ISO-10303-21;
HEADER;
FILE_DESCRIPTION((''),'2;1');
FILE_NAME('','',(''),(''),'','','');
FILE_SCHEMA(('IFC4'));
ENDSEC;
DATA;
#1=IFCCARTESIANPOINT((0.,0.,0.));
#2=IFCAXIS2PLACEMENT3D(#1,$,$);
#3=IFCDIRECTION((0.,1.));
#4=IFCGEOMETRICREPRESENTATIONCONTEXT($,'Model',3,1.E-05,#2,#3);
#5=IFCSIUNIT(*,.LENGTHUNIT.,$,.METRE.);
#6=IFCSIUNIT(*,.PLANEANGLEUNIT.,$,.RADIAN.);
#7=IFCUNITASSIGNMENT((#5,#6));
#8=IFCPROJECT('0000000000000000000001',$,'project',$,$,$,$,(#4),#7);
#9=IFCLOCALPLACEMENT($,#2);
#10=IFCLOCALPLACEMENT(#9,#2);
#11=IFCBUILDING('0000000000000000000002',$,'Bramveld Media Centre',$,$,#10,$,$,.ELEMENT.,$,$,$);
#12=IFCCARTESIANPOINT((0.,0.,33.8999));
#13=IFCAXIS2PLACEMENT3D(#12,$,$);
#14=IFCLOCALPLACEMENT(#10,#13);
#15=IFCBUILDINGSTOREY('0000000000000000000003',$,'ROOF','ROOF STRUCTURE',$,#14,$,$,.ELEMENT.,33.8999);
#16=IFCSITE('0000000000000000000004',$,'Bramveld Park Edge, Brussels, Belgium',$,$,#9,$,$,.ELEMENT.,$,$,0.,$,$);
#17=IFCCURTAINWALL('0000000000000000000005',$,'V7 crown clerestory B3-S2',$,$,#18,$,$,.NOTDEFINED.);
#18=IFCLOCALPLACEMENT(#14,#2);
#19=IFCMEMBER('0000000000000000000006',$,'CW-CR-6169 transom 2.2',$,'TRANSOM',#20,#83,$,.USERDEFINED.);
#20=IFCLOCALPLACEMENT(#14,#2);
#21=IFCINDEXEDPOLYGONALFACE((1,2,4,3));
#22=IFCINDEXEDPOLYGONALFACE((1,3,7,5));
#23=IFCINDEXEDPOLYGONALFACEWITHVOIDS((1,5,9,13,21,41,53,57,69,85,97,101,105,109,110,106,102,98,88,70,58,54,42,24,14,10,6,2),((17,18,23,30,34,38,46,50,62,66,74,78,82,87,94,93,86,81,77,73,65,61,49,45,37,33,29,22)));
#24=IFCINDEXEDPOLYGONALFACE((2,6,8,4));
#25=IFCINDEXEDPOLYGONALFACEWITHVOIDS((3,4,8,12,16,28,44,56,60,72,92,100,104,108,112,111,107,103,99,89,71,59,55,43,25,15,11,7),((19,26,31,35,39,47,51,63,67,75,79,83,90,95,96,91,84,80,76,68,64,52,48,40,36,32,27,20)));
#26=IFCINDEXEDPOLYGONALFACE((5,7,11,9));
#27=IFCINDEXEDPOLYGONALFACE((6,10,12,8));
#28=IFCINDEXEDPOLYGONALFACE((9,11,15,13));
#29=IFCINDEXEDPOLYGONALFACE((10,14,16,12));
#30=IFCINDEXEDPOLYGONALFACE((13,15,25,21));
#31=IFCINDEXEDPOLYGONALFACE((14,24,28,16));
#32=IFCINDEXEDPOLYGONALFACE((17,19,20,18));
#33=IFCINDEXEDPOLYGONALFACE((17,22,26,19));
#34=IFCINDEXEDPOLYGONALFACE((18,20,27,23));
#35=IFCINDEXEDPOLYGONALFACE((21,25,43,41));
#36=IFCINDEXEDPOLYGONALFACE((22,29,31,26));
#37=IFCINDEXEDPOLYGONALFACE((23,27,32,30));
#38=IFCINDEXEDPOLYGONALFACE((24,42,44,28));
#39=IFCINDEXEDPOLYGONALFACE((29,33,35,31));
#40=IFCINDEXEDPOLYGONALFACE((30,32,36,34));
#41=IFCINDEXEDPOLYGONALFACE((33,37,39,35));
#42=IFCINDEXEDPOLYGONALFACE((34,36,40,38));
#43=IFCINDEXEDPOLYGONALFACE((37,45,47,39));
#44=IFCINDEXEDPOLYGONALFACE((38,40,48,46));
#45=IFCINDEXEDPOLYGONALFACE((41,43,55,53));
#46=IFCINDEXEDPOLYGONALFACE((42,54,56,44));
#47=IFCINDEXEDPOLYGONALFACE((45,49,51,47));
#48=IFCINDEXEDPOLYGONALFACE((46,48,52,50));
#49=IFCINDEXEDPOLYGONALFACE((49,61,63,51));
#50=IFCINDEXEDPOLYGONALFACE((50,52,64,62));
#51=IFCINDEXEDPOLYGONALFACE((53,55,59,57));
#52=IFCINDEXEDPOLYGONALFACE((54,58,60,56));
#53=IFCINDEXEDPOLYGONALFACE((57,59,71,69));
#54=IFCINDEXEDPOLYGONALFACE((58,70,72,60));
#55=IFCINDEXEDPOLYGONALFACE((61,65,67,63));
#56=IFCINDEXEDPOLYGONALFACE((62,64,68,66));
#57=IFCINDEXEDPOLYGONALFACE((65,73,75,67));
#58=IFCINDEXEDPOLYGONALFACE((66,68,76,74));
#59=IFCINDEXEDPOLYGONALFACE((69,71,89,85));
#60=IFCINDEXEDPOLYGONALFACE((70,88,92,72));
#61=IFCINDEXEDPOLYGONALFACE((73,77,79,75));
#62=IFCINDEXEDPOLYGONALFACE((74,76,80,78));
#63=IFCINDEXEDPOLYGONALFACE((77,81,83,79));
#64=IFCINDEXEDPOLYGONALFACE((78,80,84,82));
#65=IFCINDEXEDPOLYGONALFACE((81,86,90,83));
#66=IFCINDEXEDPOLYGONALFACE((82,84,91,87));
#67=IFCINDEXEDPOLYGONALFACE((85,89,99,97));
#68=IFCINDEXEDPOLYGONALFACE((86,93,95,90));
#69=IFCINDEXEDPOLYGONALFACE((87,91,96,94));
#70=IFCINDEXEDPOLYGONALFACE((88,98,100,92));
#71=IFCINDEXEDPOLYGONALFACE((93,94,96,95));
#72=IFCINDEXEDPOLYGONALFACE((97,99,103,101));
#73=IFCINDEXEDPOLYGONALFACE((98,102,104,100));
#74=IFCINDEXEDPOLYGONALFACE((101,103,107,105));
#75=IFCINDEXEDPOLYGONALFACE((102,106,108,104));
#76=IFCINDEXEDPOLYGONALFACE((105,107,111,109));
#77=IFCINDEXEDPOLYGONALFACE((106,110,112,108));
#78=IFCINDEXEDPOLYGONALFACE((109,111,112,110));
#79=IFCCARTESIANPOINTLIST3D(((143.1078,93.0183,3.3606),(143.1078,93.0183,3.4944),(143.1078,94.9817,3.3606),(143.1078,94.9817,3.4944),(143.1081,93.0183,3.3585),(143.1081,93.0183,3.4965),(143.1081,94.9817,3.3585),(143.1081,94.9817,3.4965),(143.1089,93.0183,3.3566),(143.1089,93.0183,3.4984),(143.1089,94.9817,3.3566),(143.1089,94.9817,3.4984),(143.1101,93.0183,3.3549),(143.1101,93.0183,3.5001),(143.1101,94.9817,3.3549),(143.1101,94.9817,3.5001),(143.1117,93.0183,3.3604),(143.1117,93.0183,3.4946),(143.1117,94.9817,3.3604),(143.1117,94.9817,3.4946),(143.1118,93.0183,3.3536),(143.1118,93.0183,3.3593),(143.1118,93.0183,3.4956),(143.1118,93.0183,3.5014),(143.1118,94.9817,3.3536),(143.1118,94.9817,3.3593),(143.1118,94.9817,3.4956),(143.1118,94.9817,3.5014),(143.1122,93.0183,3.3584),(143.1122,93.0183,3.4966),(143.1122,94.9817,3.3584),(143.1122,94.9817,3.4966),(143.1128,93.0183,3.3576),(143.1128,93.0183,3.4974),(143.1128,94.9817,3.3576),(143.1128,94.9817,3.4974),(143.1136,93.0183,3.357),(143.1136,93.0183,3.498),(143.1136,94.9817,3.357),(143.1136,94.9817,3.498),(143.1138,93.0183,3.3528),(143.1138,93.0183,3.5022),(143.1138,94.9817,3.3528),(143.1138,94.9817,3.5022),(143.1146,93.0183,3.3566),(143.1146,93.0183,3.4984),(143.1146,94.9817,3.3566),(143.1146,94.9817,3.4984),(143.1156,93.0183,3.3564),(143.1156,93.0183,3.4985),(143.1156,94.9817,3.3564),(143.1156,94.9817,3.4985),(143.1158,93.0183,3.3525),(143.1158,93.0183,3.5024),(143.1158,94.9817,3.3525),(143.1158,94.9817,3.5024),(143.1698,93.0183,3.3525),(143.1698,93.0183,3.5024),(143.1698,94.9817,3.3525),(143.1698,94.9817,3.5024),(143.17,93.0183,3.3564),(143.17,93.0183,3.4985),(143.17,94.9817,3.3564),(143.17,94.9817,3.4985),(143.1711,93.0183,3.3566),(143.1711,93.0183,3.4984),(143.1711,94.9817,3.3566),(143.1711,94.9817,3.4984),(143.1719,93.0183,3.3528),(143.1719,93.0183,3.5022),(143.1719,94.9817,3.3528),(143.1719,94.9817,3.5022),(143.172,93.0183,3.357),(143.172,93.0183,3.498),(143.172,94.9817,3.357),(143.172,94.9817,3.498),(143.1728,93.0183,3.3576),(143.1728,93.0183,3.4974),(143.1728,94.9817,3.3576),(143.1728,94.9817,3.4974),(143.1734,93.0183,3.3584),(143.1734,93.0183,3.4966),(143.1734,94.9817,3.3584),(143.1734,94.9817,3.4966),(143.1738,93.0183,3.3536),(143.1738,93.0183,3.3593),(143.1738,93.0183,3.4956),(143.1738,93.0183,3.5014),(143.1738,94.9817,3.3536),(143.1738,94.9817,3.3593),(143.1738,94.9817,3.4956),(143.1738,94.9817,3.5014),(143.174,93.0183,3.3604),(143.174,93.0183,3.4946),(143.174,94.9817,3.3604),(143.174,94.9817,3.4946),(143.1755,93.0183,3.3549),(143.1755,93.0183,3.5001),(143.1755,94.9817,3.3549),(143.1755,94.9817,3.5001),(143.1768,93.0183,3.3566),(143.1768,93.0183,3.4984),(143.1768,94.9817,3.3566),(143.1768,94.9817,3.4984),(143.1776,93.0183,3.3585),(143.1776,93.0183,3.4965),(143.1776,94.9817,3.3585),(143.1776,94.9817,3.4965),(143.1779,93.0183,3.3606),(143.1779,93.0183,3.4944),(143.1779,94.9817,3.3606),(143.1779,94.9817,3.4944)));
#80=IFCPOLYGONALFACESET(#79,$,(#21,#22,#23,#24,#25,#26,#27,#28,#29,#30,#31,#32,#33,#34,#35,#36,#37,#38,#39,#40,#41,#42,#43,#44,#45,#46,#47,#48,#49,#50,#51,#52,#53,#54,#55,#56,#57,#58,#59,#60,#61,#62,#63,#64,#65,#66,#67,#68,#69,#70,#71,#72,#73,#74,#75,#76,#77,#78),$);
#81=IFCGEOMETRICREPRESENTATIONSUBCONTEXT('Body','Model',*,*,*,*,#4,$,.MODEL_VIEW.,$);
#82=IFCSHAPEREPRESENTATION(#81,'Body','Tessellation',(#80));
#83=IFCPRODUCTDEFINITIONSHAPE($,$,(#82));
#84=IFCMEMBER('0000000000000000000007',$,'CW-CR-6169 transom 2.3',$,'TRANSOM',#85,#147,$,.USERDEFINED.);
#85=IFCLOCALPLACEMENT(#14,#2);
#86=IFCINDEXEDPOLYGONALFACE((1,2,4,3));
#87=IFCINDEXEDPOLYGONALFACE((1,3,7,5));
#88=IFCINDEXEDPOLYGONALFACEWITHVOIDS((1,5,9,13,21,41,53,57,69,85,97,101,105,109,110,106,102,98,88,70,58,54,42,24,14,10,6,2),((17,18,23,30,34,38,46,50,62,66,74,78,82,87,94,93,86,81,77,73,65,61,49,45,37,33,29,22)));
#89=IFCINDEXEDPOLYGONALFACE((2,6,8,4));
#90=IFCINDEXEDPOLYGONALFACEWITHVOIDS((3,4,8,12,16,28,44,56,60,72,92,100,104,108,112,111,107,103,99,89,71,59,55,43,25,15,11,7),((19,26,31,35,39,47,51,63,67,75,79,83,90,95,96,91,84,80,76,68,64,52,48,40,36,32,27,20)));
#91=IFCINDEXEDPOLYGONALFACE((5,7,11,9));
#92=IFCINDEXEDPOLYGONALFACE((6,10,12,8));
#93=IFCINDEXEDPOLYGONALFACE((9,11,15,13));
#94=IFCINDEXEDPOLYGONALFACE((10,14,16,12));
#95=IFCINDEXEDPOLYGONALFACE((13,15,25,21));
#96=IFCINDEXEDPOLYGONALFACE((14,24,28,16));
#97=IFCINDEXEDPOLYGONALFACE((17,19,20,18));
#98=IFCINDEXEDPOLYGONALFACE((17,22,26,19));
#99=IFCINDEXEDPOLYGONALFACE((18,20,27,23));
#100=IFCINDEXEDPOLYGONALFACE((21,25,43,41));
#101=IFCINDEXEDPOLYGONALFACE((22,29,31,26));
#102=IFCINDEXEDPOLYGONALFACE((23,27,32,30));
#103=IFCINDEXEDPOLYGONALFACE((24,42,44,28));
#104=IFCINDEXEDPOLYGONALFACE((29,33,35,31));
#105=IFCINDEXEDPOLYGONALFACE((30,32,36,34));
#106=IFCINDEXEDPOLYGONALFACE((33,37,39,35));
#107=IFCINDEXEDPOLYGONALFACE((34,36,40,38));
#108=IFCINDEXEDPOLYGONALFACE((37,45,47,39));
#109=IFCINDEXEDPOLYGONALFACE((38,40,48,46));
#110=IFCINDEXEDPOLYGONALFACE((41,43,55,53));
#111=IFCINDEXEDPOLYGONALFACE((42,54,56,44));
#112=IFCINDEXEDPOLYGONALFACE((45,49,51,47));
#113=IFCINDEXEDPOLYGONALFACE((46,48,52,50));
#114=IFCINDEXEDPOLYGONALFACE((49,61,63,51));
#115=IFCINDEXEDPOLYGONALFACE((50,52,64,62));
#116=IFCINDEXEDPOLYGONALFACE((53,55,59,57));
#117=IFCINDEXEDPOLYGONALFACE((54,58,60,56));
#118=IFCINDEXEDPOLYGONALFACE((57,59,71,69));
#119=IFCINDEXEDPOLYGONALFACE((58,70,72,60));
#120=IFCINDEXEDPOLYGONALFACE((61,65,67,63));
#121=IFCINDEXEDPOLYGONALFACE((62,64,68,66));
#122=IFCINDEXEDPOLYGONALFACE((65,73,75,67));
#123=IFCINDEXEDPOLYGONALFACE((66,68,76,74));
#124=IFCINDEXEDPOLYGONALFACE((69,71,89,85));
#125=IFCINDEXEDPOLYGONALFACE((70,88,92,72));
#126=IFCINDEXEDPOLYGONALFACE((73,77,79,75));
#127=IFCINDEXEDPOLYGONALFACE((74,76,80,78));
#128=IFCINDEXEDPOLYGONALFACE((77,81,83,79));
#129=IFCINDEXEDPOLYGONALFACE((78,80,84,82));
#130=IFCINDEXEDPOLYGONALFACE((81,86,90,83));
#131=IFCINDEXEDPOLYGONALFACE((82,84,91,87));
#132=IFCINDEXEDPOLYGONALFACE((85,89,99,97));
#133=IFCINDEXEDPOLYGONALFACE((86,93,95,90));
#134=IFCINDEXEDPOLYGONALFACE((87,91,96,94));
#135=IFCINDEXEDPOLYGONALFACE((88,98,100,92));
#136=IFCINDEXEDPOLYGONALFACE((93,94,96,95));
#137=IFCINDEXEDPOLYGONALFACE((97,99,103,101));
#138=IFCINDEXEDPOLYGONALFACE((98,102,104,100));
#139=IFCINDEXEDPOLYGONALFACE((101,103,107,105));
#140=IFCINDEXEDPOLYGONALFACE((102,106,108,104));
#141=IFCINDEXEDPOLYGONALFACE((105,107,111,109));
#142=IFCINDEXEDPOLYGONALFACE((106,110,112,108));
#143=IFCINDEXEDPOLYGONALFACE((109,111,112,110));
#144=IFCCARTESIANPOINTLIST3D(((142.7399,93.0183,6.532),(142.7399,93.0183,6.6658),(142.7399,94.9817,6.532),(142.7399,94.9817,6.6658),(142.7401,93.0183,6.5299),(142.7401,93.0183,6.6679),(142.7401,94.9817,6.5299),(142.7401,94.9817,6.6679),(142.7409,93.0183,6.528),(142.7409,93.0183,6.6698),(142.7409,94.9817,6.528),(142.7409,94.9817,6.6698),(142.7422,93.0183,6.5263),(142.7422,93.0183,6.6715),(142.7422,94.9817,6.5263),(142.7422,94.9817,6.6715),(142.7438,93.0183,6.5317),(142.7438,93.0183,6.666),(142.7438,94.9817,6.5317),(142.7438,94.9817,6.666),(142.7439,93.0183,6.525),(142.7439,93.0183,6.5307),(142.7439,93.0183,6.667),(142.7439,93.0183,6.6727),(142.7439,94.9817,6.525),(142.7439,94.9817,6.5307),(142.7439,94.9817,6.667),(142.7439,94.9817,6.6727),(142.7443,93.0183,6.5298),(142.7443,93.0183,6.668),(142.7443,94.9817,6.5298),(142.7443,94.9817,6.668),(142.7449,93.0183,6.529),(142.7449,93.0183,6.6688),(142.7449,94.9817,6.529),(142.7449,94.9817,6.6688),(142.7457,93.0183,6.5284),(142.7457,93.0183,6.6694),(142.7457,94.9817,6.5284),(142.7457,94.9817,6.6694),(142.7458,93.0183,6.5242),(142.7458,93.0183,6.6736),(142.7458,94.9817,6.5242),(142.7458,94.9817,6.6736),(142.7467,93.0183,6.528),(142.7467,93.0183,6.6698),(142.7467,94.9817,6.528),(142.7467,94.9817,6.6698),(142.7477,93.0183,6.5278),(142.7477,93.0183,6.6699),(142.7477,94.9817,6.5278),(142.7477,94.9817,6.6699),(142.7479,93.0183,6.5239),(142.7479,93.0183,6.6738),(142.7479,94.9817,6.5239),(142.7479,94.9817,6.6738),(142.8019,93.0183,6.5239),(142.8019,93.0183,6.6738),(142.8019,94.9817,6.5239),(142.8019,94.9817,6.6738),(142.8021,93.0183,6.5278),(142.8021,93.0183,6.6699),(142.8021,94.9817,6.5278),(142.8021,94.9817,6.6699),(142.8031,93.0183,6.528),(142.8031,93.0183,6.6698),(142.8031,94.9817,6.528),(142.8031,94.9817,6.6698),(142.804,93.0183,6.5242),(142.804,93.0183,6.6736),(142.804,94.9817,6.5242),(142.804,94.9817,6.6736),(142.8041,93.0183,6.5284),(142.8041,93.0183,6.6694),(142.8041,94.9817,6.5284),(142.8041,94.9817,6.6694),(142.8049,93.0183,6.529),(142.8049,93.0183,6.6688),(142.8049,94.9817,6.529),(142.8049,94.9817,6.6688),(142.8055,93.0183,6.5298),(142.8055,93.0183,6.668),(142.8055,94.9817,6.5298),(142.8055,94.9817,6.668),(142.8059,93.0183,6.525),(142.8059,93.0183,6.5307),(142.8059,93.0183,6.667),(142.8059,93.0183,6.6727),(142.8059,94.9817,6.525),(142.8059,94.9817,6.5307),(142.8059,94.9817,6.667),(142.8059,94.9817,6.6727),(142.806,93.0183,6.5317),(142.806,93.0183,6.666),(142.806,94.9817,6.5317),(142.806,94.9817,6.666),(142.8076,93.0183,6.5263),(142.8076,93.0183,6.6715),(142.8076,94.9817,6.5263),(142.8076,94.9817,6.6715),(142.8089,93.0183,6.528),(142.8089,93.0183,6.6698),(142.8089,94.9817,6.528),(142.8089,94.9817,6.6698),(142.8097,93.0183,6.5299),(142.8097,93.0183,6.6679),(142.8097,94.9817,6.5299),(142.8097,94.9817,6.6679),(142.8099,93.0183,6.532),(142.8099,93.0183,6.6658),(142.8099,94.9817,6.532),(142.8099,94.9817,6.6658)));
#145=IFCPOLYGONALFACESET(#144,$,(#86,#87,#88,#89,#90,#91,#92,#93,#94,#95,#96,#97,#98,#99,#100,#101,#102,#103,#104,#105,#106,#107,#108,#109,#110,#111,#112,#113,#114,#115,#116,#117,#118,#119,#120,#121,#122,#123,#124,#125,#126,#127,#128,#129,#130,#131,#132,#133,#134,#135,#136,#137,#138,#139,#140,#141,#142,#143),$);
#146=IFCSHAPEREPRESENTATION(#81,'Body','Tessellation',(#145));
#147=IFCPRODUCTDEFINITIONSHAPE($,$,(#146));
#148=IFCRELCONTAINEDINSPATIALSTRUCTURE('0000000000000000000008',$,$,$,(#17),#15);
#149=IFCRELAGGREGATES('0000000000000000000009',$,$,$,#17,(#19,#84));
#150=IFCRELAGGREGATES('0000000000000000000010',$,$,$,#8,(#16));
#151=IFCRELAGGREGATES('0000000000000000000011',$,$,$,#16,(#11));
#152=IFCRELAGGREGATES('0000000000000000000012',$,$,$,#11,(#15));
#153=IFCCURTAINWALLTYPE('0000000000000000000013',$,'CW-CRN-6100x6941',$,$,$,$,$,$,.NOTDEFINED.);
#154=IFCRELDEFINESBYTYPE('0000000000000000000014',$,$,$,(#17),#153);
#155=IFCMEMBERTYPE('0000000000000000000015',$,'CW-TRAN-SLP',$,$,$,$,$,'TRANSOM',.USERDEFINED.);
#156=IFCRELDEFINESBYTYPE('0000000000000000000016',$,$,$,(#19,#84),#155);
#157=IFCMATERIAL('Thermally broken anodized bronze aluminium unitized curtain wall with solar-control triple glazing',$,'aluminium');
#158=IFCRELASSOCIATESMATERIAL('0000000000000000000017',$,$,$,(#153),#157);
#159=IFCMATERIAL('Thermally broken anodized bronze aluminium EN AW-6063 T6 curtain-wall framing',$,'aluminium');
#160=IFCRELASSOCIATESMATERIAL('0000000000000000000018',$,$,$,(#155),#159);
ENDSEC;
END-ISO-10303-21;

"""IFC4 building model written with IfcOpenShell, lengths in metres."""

from ifc_helpers import new_model, si_unit, direction, frame, origin, origin_2d, place, context, subcontext, project, spatial, hollow_rectangle, extrude, material, material_profile, profile_set, type_object, element, aggregate, save


model = new_model("IFC4")

# Units and contexts
model_context = context("Model", 3, precision=1e-05, world=origin(), true_north=direction((0.0, 1.0)))
body_context = subcontext(model_context, "Body", "Model", "MODEL_VIEW")
ifc_project = project(units=[si_unit("LENGTHUNIT", "METRE"), si_unit("PLANEANGLEUNIT", "RADIAN")], contexts=[model_context])

# Site, building, storey
site_placement = place(None, origin())
site = spatial("IfcSite", under=ifc_project, at=site_placement, Name="Bramveld Park Edge, Brussels, Belgium", CompositionType="ELEMENT", RefElevation=0.0)
building_placement = place(site_placement, origin())
building = spatial("IfcBuilding", under=site, at=building_placement, Name="Bramveld Media Centre", CompositionType="ELEMENT")
storey_placement = place(building_placement, frame((0.0, 0.0, 33.8999)))
storey = spatial("IfcBuildingStorey", under=building, at=storey_placement, Name="ROOF", Description="ROOF STRUCTURE", CompositionType="ELEMENT", Elevation=33.8999)

# Curtain wall
ifc_material_1 = material(Name="Thermally broken anodized bronze aluminium unitized curtain wall with solar-control triple glazing", Category="aluminium")
curtain_wall_type = type_object("IfcCurtainWallType", Name="CW-CRN-6100x6941", PredefinedType="NOTDEFINED", material=ifc_material_1)
curtain_wall_1_placement = place(storey_placement, origin())
curtain_wall_1 = element("IfcCurtainWall", 1, at=curtain_wall_1_placement, inside=storey, type_object=curtain_wall_type, Name="V7 crown clerestory B3-S2", PredefinedType="NOTDEFINED")

# Members
ifc_material_2 = material(Name="Thermally broken anodized bronze aluminium EN AW-6063 T6 curtain-wall framing", Category="aluminium")
ifc_material_profile_1 = material_profile(ifc_material_2, hollow_rectangle(XDim=0.0701, YDim=0.1499, WallThickness=0.0039, InnerFilletRadius=0.0039, OuterFilletRadius=0.0081, at=origin_2d()), Name="AL-TRAN 70x150")
ifc_profile_set_1 = profile_set([ifc_material_profile_1], Name="Thermally broken anodized bronze aluminium EN AW-6063 T6 curtain-wall framing")
member_type_1 = type_object("IfcMemberType", Name="CW-TRAN-SLP", ElementType="TRANSOM", PredefinedType="USERDEFINED", material=ifc_profile_set_1)
member_1_placement = place(storey_placement, frame((143.1428, 93.0183, 3.4275), z_axis=(0.0, 1.0, 0.0), x_axis=(-1.0, 0.0, 0.0)))
member_1 = element("IfcMember", 2, at=member_1_placement, type_object=member_type_1, Name="CW-CR-6169 transom 2.2", ObjectType="TRANSOM", PredefinedType="USERDEFINED", context=body_context, shape_type="SweptSolid", body=[
    extrude(hollow_rectangle(XDim=0.0701, YDim=0.1499, WallThickness=0.0039, InnerFilletRadius=0.0039, OuterFilletRadius=0.0081, at=origin_2d()), origin(), (0.0, 0.0, 1.0), 1.9634),
])
member_2_placement = place(storey_placement, frame((142.7749, 93.0183, 6.5989), z_axis=(0.0, 1.0, 0.0), x_axis=(-1.0, 0.0, 0.0)))
member_2 = element("IfcMember", 3, at=member_2_placement, type_object=member_type_1, Name="CW-CR-6169 transom 2.3", ObjectType="TRANSOM", PredefinedType="USERDEFINED", context=body_context, shape_type="SweptSolid", body=[
    extrude(hollow_rectangle(XDim=0.0701, YDim=0.1499, WallThickness=0.0039, InnerFilletRadius=0.0039, OuterFilletRadius=0.0081, at=origin_2d()), origin(), (0.0, 0.0, 1.0), 1.9634),
])

aggregate(curtain_wall_1, [member_1, member_2])

save(model, "model.ifc")
